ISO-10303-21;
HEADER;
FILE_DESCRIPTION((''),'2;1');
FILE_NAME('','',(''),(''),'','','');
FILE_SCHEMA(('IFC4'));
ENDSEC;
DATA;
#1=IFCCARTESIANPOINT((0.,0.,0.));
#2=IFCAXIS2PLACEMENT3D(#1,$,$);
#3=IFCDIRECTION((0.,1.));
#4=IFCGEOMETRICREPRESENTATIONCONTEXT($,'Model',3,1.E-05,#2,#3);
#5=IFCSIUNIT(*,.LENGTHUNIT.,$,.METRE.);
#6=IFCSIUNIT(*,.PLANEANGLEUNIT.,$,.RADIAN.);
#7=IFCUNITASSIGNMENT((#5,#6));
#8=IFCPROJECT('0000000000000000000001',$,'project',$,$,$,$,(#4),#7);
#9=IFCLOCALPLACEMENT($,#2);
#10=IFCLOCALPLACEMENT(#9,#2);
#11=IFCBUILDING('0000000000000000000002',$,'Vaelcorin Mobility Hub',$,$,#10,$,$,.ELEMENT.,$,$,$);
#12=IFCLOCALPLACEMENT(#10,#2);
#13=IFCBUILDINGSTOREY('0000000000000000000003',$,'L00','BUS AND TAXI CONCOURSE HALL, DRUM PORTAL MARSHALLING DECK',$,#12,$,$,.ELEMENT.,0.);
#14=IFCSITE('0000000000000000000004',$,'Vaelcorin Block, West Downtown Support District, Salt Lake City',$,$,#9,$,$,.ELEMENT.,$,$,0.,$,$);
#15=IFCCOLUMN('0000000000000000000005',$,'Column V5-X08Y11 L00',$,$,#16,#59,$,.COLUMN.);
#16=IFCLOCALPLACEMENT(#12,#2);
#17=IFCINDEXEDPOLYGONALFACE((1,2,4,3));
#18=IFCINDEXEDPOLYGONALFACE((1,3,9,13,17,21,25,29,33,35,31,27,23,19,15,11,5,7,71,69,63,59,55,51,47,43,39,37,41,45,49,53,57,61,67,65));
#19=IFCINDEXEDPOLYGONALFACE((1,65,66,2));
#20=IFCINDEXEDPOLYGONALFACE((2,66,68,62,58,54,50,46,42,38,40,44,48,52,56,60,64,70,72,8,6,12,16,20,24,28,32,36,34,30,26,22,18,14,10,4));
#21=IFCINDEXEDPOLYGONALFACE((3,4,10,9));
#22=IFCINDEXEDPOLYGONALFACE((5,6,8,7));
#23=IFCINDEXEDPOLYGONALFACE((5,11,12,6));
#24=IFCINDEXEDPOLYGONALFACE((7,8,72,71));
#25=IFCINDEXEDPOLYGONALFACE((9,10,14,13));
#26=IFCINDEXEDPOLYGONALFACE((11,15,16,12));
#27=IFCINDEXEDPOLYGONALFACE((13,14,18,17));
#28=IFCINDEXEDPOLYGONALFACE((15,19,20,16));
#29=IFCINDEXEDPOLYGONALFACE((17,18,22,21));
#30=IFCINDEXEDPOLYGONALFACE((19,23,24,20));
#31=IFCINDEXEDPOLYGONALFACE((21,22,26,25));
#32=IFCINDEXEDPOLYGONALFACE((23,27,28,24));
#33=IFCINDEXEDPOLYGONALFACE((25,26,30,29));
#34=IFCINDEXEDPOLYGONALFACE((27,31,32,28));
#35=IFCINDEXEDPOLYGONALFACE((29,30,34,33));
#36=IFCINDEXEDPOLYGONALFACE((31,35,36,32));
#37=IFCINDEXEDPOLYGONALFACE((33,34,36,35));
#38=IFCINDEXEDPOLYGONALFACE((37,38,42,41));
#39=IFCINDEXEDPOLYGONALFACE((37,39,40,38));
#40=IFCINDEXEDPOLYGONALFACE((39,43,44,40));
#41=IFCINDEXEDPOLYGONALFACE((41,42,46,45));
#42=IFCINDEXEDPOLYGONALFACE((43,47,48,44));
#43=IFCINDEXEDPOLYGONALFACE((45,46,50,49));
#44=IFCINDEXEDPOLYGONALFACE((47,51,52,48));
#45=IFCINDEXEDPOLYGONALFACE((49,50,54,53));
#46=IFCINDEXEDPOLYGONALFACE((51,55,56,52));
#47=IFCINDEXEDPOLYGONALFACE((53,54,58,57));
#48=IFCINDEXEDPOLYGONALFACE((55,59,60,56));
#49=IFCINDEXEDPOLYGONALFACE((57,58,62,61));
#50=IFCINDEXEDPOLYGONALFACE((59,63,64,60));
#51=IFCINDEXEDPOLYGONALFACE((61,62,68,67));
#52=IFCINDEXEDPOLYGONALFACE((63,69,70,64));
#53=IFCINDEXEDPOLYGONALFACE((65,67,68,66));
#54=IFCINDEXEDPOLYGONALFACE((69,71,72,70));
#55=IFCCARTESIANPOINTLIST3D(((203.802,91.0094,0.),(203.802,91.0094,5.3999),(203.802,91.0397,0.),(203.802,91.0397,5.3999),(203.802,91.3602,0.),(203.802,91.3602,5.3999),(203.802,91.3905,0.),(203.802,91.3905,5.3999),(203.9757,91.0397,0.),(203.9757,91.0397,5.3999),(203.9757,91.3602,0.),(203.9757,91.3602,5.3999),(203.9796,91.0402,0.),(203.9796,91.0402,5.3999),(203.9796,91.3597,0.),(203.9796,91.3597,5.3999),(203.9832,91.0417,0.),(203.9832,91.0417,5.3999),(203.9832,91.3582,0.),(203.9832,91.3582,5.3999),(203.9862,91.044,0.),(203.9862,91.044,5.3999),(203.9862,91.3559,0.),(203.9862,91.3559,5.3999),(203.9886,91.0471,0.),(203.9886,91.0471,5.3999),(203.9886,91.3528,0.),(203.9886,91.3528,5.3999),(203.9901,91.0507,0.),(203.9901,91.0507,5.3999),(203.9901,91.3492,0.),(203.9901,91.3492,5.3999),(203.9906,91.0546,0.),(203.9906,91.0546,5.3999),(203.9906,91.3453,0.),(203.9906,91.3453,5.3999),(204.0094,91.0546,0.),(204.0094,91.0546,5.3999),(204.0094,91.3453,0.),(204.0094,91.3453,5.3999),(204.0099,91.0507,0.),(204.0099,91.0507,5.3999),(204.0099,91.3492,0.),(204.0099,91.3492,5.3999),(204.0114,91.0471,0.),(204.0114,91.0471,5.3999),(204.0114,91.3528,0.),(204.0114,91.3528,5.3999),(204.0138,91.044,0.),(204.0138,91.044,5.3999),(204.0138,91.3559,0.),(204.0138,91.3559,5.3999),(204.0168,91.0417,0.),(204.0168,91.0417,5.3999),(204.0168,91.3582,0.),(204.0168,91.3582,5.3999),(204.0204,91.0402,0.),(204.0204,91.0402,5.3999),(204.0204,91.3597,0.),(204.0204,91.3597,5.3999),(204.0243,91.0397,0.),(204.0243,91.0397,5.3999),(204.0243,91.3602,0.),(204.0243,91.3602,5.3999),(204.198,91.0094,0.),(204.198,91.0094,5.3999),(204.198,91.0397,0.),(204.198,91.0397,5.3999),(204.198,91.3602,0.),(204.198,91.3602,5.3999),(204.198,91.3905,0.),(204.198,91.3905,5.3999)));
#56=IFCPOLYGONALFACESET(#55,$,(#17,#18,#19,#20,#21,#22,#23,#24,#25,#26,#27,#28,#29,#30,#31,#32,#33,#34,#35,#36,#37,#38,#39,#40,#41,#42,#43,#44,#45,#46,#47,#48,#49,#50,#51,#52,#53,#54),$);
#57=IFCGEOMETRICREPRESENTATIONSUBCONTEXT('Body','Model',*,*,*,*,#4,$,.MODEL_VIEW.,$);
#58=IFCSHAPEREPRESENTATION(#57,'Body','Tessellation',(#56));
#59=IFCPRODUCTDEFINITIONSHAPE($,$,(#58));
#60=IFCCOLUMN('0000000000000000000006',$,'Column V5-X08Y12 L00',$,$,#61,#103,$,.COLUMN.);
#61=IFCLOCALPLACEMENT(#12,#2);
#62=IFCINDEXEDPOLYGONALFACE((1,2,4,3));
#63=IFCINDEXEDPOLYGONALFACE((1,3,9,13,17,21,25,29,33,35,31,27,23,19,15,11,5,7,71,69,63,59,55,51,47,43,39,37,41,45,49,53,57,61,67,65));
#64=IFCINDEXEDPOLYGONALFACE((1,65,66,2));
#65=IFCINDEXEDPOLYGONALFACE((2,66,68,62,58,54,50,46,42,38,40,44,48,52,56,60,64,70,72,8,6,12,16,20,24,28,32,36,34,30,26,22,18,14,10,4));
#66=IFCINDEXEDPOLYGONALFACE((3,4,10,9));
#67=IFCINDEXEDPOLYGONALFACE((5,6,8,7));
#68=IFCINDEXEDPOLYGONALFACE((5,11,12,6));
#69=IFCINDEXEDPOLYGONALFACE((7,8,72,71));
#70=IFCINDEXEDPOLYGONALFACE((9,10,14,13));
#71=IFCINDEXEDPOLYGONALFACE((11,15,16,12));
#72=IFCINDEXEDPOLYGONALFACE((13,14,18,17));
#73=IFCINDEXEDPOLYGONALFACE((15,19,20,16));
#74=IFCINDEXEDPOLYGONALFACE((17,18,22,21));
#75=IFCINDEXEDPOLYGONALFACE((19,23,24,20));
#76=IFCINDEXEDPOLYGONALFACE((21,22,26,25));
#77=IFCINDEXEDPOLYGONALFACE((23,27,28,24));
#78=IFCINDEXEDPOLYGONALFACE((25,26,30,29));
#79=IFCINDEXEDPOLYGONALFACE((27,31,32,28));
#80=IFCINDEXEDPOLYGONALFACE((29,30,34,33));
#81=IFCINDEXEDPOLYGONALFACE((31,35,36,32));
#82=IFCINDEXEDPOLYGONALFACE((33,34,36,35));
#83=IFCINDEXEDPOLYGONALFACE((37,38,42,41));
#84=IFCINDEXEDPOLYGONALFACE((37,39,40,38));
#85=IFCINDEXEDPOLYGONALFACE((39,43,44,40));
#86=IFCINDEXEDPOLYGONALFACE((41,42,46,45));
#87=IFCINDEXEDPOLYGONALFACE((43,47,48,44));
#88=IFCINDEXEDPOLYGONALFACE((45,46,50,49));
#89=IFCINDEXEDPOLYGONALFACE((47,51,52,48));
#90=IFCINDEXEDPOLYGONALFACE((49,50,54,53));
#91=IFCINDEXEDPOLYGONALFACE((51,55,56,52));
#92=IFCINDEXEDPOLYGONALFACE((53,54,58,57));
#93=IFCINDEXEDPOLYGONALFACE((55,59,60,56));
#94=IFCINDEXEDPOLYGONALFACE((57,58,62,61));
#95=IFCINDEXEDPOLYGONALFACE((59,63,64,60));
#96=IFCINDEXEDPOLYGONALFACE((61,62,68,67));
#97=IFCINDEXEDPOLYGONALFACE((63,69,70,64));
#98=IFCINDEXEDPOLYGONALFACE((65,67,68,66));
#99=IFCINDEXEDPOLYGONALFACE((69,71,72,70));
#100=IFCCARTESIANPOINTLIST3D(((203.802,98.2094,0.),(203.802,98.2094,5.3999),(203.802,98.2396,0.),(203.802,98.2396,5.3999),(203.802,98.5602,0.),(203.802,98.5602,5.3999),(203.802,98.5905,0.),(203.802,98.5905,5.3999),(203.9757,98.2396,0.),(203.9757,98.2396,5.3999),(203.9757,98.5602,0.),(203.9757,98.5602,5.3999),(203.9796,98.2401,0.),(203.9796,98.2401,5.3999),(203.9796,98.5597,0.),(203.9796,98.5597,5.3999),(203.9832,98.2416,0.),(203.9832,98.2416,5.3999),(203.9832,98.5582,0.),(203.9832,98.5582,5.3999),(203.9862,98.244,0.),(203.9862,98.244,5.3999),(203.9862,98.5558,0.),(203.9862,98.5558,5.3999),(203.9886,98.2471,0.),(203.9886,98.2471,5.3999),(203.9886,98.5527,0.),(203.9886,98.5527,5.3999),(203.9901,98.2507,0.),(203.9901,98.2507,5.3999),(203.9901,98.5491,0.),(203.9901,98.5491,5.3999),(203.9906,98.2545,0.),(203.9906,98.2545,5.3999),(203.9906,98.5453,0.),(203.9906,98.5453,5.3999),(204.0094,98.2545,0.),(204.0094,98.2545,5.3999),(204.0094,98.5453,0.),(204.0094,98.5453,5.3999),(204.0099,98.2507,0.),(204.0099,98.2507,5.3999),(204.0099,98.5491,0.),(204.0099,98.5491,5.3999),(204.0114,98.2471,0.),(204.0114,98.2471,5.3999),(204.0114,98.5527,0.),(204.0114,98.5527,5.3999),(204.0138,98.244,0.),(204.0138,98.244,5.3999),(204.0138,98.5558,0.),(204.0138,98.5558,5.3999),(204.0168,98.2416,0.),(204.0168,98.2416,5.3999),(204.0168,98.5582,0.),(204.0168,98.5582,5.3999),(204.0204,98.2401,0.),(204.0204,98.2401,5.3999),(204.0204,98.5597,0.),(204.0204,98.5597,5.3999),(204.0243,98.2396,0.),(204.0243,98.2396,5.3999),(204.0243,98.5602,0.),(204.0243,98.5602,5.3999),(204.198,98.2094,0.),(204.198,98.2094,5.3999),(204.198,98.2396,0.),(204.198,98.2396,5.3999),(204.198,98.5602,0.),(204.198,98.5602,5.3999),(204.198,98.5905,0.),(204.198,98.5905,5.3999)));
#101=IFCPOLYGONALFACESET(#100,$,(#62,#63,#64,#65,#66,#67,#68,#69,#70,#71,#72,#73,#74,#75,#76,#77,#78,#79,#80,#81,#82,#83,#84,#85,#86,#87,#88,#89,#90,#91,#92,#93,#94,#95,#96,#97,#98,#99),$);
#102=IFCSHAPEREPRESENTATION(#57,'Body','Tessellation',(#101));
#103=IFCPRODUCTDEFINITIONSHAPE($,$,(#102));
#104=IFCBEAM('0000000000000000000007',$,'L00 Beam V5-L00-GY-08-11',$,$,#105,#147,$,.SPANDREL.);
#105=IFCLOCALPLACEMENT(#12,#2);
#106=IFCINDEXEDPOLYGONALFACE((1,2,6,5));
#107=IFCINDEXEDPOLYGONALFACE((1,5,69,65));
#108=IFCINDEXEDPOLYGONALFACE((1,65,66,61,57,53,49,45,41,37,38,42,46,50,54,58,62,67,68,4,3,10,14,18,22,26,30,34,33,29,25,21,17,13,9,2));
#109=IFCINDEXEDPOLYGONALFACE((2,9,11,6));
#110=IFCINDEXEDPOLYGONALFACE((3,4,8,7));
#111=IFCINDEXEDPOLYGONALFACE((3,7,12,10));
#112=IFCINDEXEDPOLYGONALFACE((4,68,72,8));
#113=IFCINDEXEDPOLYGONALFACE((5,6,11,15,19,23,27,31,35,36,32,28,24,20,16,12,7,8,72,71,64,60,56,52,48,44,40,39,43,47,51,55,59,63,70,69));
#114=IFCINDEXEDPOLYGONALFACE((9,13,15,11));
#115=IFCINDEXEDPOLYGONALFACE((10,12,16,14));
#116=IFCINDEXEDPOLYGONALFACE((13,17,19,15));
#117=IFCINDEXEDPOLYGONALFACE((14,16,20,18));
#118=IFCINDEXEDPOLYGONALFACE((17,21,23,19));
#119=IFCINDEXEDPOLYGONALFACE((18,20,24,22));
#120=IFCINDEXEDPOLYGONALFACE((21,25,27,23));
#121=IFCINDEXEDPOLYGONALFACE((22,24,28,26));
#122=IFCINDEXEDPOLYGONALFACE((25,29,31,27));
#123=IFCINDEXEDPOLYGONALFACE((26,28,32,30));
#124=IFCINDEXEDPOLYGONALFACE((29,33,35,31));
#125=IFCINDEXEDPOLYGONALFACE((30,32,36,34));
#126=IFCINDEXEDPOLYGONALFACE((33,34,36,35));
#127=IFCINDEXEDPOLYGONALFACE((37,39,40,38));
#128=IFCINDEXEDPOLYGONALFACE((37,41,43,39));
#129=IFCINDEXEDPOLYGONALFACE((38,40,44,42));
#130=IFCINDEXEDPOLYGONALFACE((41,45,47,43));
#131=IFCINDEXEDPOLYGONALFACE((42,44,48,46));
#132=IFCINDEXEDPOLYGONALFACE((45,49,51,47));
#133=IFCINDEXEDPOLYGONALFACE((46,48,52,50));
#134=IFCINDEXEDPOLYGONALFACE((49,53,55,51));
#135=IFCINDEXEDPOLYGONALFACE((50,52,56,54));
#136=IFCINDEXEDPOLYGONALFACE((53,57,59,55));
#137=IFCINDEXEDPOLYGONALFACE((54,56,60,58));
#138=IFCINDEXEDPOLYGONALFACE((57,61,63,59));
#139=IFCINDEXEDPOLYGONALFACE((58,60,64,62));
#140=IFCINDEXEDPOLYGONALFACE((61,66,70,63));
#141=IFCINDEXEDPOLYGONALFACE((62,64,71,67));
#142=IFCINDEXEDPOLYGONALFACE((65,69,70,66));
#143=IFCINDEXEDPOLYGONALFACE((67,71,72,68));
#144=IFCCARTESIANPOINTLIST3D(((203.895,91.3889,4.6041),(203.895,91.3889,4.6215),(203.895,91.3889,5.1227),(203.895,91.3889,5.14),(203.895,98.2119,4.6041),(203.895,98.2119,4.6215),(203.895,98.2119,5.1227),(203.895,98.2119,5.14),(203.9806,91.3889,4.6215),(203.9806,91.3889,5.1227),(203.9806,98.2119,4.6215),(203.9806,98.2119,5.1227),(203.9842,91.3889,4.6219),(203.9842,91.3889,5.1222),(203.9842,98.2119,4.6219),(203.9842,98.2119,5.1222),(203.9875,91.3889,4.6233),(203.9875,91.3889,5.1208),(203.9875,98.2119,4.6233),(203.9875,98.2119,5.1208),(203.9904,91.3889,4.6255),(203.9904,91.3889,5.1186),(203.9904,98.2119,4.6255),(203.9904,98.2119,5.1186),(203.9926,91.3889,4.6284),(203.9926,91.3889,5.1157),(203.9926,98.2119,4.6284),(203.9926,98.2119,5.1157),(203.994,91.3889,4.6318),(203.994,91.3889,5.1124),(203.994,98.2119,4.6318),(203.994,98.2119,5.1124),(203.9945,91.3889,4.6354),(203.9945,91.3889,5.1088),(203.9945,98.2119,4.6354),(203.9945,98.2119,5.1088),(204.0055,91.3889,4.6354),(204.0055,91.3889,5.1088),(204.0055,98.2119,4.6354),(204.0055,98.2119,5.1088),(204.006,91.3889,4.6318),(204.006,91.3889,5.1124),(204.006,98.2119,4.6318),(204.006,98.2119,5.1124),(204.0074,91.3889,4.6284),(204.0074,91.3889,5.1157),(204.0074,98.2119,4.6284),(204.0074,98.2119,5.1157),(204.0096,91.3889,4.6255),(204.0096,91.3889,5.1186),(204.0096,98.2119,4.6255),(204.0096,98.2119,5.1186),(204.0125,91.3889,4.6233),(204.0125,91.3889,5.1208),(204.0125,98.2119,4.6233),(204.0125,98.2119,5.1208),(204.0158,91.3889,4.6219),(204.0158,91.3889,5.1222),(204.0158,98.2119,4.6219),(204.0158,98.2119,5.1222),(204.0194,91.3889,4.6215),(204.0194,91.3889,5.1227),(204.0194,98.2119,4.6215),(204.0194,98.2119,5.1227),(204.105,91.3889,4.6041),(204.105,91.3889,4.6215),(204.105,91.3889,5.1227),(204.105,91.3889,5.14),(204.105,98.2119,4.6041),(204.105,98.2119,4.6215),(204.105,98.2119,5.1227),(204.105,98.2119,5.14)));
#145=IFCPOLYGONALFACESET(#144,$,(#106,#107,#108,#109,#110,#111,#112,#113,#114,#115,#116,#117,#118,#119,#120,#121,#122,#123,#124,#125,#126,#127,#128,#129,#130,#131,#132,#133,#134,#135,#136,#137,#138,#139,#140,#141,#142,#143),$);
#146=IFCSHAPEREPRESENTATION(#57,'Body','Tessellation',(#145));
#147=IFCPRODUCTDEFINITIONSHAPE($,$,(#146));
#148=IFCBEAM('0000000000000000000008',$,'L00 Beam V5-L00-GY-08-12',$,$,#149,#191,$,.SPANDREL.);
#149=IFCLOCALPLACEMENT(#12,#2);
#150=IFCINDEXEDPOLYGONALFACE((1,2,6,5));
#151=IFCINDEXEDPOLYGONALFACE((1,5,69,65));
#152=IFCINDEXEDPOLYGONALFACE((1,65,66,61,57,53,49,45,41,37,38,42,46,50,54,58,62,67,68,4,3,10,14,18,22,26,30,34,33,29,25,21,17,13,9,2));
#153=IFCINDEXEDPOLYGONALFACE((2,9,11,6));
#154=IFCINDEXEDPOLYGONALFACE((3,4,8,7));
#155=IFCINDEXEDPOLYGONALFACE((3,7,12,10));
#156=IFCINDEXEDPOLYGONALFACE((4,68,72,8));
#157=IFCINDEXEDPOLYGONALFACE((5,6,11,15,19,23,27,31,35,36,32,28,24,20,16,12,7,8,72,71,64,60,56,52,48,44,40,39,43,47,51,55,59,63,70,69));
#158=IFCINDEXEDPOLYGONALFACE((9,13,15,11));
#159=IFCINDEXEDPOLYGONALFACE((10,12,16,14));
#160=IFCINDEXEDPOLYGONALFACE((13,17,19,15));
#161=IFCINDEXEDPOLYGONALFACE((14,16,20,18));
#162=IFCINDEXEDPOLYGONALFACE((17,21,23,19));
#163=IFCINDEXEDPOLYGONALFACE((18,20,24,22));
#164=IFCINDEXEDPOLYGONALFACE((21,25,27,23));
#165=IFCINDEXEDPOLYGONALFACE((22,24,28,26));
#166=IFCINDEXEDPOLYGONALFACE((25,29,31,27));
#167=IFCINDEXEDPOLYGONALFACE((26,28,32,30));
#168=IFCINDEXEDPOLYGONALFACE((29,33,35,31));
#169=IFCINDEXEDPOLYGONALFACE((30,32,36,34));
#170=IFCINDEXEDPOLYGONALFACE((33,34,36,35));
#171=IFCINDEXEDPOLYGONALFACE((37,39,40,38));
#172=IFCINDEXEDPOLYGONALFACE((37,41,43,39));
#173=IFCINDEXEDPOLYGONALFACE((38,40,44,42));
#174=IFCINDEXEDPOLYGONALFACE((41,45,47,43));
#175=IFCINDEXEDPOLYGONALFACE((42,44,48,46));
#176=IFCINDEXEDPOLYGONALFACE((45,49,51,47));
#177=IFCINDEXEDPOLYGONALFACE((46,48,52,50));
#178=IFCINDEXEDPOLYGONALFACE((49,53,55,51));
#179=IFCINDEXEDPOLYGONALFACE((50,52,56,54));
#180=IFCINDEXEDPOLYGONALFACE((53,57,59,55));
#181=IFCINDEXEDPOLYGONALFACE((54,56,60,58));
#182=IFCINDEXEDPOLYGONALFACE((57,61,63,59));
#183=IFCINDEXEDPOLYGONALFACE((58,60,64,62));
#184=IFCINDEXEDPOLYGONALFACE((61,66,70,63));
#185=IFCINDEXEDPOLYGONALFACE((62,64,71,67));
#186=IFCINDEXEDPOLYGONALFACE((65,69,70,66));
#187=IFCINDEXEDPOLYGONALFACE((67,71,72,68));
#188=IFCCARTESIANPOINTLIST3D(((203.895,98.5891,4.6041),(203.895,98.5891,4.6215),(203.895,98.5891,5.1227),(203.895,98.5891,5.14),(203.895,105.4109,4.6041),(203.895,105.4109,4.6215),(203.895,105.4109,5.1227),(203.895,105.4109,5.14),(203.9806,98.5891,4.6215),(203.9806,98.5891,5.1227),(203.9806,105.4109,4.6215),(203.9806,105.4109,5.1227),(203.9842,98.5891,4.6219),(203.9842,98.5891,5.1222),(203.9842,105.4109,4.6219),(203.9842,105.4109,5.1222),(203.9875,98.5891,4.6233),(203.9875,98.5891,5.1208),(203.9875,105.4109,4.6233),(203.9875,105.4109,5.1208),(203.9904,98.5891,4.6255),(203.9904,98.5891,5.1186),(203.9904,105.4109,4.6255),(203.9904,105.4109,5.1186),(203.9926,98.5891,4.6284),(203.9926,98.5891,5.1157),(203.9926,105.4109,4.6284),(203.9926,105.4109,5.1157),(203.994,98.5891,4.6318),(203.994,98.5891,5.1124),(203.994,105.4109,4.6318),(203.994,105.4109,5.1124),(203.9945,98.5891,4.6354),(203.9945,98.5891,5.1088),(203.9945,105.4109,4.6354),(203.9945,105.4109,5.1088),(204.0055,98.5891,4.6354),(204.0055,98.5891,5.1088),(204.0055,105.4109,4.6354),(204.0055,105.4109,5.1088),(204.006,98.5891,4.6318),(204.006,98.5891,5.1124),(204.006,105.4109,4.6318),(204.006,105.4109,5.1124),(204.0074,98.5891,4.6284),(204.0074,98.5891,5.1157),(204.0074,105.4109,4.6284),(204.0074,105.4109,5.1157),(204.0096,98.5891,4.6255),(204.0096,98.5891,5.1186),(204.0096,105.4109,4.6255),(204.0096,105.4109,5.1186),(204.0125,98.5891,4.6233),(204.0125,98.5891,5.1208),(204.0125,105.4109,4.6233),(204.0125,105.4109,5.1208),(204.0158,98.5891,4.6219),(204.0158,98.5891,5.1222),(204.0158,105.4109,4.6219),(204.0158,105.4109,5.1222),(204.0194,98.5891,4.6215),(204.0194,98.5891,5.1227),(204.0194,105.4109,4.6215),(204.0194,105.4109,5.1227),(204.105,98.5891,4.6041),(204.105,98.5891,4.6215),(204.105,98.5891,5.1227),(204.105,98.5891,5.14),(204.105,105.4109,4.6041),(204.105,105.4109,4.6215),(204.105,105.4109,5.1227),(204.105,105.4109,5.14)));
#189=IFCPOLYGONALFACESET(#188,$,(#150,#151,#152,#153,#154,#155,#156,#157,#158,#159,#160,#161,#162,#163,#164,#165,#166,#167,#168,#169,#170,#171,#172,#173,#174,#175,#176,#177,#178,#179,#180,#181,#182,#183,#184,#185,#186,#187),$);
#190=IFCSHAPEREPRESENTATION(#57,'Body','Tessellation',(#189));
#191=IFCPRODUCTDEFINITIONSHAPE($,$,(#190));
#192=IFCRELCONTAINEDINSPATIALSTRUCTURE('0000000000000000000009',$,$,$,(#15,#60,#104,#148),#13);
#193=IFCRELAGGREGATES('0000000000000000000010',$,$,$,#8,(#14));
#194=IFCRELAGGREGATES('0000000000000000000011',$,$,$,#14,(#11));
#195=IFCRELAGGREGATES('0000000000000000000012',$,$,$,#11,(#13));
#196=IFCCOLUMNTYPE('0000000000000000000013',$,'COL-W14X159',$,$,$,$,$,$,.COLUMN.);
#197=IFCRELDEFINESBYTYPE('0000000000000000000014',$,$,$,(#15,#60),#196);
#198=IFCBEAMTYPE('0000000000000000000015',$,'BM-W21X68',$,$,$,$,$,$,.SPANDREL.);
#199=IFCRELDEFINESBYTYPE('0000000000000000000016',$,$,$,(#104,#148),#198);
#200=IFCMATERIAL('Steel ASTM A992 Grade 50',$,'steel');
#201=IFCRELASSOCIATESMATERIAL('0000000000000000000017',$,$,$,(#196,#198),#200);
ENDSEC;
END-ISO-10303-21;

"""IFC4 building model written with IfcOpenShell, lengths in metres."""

from ifc_helpers import new_model, si_unit, direction, frame, origin, origin_2d, place, context, subcontext, project, spatial, i_section, extrude, material, material_profile, profile_set, type_object, element, save


model = new_model("IFC4")

# Units and contexts
model_context = context("Model", 3, precision=1e-05, world=origin(), true_north=direction((0.0, 1.0)))
body_context = subcontext(model_context, "Body", "Model", "MODEL_VIEW")
ifc_project = project(units=[si_unit("LENGTHUNIT", "METRE"), si_unit("PLANEANGLEUNIT", "RADIAN")], contexts=[model_context])

# Site, building, storey
site_placement = place(None, origin())
site = spatial("IfcSite", under=ifc_project, at=site_placement, Name="Vaelcorin Block, West Downtown Support District, Salt Lake City", CompositionType="ELEMENT", RefElevation=0.0)
building_placement = place(site_placement, origin())
building = spatial("IfcBuilding", under=site, at=building_placement, Name="Vaelcorin Mobility Hub", CompositionType="ELEMENT")
storey_placement = place(building_placement, origin())
storey = spatial("IfcBuildingStorey", under=building, at=storey_placement, Name="L00", Description="BUS AND TAXI CONCOURSE HALL, DRUM PORTAL MARSHALLING DECK", CompositionType="ELEMENT", Elevation=0.0)

# Columns
ifc_material_1 = material(Name="Steel ASTM A992 Grade 50", Category="steel")
ifc_material_profile_1 = material_profile(ifc_material_1, i_section(OverallWidth=0.396, OverallDepth=0.3811, WebThickness=0.0188, FlangeThickness=0.0303, FilletRadius=0.0149, at=origin_2d()), Name="W14X159")
ifc_profile_set_1 = profile_set([ifc_material_profile_1], Name="Steel ASTM A992 Grade 50")
column_type = type_object("IfcColumnType", Name="COL-W14X159", PredefinedType="COLUMN", material=ifc_profile_set_1)
for number, where, z_axis, x_axis, name in (
    (1, (204.0, 91.2, 0.0), (0.0, 0.0, 1.0), (1.0, 0.0, 0.0), "Column V5-X08Y11 L00"),
    (2, (204.0, 98.3999, 0.0), (0.0, 0.0, 1.0), (1.0, 0.0, 0.0), "Column V5-X08Y12 L00"),
):
    element("IfcColumn", number, at=place(storey_placement, frame(where, z_axis=z_axis, x_axis=x_axis)), inside=storey, type_object=column_type, Name=name, PredefinedType="COLUMN", context=body_context, shape_type="SweptSolid", body=[
        extrude(i_section(OverallWidth=0.396, OverallDepth=0.3811, WebThickness=0.0188, FlangeThickness=0.0303, FilletRadius=0.0149, at=origin_2d()), origin(), (0.0, 0.0, 1.0), 5.3999),
    ])

# Beams
ifc_material_profile_2 = material_profile(ifc_material_1, i_section(OverallWidth=0.21, OverallDepth=0.5359, WebThickness=0.011, FlangeThickness=0.0173, FilletRadius=0.0139, at=origin_2d()), Name="W21X68")
ifc_profile_set_2 = profile_set([ifc_material_profile_2], Name="Steel ASTM A992 Grade 50")
beam_type = type_object("IfcBeamType", Name="BM-W21X68", PredefinedType="SPANDREL", material=ifc_profile_set_2)
beam_1_placement = place(storey_placement, frame((204.0, 91.3889, 4.8721), z_axis=(0.0, 1.0, 0.0), x_axis=(-1.0, 0.0, 0.0)))
element("IfcBeam", 3, at=beam_1_placement, inside=storey, type_object=beam_type, Name="L00 Beam V5-L00-GY-08-11", PredefinedType="SPANDREL", context=body_context, shape_type="SweptSolid", body=[
    extrude(i_section(OverallWidth=0.21, OverallDepth=0.5359, WebThickness=0.011, FlangeThickness=0.0173, FilletRadius=0.0139, at=origin_2d()), origin(), (0.0, 0.0, 1.0), 6.823),
])
beam_2_placement = place(storey_placement, frame((204.0, 98.5891, 4.8721), z_axis=(0.0, 1.0, 0.0), x_axis=(-1.0, 0.0, 0.0)))
element("IfcBeam", 4, at=beam_2_placement, inside=storey, type_object=beam_type, Name="L00 Beam V5-L00-GY-08-12", PredefinedType="SPANDREL", context=body_context, shape_type="SweptSolid", body=[
    extrude(i_section(OverallWidth=0.21, OverallDepth=0.5359, WebThickness=0.011, FlangeThickness=0.0173, FilletRadius=0.0139, at=origin_2d()), origin(), (0.0, 0.0, 1.0), 6.8218),
])

save(model, "model.ifc")
